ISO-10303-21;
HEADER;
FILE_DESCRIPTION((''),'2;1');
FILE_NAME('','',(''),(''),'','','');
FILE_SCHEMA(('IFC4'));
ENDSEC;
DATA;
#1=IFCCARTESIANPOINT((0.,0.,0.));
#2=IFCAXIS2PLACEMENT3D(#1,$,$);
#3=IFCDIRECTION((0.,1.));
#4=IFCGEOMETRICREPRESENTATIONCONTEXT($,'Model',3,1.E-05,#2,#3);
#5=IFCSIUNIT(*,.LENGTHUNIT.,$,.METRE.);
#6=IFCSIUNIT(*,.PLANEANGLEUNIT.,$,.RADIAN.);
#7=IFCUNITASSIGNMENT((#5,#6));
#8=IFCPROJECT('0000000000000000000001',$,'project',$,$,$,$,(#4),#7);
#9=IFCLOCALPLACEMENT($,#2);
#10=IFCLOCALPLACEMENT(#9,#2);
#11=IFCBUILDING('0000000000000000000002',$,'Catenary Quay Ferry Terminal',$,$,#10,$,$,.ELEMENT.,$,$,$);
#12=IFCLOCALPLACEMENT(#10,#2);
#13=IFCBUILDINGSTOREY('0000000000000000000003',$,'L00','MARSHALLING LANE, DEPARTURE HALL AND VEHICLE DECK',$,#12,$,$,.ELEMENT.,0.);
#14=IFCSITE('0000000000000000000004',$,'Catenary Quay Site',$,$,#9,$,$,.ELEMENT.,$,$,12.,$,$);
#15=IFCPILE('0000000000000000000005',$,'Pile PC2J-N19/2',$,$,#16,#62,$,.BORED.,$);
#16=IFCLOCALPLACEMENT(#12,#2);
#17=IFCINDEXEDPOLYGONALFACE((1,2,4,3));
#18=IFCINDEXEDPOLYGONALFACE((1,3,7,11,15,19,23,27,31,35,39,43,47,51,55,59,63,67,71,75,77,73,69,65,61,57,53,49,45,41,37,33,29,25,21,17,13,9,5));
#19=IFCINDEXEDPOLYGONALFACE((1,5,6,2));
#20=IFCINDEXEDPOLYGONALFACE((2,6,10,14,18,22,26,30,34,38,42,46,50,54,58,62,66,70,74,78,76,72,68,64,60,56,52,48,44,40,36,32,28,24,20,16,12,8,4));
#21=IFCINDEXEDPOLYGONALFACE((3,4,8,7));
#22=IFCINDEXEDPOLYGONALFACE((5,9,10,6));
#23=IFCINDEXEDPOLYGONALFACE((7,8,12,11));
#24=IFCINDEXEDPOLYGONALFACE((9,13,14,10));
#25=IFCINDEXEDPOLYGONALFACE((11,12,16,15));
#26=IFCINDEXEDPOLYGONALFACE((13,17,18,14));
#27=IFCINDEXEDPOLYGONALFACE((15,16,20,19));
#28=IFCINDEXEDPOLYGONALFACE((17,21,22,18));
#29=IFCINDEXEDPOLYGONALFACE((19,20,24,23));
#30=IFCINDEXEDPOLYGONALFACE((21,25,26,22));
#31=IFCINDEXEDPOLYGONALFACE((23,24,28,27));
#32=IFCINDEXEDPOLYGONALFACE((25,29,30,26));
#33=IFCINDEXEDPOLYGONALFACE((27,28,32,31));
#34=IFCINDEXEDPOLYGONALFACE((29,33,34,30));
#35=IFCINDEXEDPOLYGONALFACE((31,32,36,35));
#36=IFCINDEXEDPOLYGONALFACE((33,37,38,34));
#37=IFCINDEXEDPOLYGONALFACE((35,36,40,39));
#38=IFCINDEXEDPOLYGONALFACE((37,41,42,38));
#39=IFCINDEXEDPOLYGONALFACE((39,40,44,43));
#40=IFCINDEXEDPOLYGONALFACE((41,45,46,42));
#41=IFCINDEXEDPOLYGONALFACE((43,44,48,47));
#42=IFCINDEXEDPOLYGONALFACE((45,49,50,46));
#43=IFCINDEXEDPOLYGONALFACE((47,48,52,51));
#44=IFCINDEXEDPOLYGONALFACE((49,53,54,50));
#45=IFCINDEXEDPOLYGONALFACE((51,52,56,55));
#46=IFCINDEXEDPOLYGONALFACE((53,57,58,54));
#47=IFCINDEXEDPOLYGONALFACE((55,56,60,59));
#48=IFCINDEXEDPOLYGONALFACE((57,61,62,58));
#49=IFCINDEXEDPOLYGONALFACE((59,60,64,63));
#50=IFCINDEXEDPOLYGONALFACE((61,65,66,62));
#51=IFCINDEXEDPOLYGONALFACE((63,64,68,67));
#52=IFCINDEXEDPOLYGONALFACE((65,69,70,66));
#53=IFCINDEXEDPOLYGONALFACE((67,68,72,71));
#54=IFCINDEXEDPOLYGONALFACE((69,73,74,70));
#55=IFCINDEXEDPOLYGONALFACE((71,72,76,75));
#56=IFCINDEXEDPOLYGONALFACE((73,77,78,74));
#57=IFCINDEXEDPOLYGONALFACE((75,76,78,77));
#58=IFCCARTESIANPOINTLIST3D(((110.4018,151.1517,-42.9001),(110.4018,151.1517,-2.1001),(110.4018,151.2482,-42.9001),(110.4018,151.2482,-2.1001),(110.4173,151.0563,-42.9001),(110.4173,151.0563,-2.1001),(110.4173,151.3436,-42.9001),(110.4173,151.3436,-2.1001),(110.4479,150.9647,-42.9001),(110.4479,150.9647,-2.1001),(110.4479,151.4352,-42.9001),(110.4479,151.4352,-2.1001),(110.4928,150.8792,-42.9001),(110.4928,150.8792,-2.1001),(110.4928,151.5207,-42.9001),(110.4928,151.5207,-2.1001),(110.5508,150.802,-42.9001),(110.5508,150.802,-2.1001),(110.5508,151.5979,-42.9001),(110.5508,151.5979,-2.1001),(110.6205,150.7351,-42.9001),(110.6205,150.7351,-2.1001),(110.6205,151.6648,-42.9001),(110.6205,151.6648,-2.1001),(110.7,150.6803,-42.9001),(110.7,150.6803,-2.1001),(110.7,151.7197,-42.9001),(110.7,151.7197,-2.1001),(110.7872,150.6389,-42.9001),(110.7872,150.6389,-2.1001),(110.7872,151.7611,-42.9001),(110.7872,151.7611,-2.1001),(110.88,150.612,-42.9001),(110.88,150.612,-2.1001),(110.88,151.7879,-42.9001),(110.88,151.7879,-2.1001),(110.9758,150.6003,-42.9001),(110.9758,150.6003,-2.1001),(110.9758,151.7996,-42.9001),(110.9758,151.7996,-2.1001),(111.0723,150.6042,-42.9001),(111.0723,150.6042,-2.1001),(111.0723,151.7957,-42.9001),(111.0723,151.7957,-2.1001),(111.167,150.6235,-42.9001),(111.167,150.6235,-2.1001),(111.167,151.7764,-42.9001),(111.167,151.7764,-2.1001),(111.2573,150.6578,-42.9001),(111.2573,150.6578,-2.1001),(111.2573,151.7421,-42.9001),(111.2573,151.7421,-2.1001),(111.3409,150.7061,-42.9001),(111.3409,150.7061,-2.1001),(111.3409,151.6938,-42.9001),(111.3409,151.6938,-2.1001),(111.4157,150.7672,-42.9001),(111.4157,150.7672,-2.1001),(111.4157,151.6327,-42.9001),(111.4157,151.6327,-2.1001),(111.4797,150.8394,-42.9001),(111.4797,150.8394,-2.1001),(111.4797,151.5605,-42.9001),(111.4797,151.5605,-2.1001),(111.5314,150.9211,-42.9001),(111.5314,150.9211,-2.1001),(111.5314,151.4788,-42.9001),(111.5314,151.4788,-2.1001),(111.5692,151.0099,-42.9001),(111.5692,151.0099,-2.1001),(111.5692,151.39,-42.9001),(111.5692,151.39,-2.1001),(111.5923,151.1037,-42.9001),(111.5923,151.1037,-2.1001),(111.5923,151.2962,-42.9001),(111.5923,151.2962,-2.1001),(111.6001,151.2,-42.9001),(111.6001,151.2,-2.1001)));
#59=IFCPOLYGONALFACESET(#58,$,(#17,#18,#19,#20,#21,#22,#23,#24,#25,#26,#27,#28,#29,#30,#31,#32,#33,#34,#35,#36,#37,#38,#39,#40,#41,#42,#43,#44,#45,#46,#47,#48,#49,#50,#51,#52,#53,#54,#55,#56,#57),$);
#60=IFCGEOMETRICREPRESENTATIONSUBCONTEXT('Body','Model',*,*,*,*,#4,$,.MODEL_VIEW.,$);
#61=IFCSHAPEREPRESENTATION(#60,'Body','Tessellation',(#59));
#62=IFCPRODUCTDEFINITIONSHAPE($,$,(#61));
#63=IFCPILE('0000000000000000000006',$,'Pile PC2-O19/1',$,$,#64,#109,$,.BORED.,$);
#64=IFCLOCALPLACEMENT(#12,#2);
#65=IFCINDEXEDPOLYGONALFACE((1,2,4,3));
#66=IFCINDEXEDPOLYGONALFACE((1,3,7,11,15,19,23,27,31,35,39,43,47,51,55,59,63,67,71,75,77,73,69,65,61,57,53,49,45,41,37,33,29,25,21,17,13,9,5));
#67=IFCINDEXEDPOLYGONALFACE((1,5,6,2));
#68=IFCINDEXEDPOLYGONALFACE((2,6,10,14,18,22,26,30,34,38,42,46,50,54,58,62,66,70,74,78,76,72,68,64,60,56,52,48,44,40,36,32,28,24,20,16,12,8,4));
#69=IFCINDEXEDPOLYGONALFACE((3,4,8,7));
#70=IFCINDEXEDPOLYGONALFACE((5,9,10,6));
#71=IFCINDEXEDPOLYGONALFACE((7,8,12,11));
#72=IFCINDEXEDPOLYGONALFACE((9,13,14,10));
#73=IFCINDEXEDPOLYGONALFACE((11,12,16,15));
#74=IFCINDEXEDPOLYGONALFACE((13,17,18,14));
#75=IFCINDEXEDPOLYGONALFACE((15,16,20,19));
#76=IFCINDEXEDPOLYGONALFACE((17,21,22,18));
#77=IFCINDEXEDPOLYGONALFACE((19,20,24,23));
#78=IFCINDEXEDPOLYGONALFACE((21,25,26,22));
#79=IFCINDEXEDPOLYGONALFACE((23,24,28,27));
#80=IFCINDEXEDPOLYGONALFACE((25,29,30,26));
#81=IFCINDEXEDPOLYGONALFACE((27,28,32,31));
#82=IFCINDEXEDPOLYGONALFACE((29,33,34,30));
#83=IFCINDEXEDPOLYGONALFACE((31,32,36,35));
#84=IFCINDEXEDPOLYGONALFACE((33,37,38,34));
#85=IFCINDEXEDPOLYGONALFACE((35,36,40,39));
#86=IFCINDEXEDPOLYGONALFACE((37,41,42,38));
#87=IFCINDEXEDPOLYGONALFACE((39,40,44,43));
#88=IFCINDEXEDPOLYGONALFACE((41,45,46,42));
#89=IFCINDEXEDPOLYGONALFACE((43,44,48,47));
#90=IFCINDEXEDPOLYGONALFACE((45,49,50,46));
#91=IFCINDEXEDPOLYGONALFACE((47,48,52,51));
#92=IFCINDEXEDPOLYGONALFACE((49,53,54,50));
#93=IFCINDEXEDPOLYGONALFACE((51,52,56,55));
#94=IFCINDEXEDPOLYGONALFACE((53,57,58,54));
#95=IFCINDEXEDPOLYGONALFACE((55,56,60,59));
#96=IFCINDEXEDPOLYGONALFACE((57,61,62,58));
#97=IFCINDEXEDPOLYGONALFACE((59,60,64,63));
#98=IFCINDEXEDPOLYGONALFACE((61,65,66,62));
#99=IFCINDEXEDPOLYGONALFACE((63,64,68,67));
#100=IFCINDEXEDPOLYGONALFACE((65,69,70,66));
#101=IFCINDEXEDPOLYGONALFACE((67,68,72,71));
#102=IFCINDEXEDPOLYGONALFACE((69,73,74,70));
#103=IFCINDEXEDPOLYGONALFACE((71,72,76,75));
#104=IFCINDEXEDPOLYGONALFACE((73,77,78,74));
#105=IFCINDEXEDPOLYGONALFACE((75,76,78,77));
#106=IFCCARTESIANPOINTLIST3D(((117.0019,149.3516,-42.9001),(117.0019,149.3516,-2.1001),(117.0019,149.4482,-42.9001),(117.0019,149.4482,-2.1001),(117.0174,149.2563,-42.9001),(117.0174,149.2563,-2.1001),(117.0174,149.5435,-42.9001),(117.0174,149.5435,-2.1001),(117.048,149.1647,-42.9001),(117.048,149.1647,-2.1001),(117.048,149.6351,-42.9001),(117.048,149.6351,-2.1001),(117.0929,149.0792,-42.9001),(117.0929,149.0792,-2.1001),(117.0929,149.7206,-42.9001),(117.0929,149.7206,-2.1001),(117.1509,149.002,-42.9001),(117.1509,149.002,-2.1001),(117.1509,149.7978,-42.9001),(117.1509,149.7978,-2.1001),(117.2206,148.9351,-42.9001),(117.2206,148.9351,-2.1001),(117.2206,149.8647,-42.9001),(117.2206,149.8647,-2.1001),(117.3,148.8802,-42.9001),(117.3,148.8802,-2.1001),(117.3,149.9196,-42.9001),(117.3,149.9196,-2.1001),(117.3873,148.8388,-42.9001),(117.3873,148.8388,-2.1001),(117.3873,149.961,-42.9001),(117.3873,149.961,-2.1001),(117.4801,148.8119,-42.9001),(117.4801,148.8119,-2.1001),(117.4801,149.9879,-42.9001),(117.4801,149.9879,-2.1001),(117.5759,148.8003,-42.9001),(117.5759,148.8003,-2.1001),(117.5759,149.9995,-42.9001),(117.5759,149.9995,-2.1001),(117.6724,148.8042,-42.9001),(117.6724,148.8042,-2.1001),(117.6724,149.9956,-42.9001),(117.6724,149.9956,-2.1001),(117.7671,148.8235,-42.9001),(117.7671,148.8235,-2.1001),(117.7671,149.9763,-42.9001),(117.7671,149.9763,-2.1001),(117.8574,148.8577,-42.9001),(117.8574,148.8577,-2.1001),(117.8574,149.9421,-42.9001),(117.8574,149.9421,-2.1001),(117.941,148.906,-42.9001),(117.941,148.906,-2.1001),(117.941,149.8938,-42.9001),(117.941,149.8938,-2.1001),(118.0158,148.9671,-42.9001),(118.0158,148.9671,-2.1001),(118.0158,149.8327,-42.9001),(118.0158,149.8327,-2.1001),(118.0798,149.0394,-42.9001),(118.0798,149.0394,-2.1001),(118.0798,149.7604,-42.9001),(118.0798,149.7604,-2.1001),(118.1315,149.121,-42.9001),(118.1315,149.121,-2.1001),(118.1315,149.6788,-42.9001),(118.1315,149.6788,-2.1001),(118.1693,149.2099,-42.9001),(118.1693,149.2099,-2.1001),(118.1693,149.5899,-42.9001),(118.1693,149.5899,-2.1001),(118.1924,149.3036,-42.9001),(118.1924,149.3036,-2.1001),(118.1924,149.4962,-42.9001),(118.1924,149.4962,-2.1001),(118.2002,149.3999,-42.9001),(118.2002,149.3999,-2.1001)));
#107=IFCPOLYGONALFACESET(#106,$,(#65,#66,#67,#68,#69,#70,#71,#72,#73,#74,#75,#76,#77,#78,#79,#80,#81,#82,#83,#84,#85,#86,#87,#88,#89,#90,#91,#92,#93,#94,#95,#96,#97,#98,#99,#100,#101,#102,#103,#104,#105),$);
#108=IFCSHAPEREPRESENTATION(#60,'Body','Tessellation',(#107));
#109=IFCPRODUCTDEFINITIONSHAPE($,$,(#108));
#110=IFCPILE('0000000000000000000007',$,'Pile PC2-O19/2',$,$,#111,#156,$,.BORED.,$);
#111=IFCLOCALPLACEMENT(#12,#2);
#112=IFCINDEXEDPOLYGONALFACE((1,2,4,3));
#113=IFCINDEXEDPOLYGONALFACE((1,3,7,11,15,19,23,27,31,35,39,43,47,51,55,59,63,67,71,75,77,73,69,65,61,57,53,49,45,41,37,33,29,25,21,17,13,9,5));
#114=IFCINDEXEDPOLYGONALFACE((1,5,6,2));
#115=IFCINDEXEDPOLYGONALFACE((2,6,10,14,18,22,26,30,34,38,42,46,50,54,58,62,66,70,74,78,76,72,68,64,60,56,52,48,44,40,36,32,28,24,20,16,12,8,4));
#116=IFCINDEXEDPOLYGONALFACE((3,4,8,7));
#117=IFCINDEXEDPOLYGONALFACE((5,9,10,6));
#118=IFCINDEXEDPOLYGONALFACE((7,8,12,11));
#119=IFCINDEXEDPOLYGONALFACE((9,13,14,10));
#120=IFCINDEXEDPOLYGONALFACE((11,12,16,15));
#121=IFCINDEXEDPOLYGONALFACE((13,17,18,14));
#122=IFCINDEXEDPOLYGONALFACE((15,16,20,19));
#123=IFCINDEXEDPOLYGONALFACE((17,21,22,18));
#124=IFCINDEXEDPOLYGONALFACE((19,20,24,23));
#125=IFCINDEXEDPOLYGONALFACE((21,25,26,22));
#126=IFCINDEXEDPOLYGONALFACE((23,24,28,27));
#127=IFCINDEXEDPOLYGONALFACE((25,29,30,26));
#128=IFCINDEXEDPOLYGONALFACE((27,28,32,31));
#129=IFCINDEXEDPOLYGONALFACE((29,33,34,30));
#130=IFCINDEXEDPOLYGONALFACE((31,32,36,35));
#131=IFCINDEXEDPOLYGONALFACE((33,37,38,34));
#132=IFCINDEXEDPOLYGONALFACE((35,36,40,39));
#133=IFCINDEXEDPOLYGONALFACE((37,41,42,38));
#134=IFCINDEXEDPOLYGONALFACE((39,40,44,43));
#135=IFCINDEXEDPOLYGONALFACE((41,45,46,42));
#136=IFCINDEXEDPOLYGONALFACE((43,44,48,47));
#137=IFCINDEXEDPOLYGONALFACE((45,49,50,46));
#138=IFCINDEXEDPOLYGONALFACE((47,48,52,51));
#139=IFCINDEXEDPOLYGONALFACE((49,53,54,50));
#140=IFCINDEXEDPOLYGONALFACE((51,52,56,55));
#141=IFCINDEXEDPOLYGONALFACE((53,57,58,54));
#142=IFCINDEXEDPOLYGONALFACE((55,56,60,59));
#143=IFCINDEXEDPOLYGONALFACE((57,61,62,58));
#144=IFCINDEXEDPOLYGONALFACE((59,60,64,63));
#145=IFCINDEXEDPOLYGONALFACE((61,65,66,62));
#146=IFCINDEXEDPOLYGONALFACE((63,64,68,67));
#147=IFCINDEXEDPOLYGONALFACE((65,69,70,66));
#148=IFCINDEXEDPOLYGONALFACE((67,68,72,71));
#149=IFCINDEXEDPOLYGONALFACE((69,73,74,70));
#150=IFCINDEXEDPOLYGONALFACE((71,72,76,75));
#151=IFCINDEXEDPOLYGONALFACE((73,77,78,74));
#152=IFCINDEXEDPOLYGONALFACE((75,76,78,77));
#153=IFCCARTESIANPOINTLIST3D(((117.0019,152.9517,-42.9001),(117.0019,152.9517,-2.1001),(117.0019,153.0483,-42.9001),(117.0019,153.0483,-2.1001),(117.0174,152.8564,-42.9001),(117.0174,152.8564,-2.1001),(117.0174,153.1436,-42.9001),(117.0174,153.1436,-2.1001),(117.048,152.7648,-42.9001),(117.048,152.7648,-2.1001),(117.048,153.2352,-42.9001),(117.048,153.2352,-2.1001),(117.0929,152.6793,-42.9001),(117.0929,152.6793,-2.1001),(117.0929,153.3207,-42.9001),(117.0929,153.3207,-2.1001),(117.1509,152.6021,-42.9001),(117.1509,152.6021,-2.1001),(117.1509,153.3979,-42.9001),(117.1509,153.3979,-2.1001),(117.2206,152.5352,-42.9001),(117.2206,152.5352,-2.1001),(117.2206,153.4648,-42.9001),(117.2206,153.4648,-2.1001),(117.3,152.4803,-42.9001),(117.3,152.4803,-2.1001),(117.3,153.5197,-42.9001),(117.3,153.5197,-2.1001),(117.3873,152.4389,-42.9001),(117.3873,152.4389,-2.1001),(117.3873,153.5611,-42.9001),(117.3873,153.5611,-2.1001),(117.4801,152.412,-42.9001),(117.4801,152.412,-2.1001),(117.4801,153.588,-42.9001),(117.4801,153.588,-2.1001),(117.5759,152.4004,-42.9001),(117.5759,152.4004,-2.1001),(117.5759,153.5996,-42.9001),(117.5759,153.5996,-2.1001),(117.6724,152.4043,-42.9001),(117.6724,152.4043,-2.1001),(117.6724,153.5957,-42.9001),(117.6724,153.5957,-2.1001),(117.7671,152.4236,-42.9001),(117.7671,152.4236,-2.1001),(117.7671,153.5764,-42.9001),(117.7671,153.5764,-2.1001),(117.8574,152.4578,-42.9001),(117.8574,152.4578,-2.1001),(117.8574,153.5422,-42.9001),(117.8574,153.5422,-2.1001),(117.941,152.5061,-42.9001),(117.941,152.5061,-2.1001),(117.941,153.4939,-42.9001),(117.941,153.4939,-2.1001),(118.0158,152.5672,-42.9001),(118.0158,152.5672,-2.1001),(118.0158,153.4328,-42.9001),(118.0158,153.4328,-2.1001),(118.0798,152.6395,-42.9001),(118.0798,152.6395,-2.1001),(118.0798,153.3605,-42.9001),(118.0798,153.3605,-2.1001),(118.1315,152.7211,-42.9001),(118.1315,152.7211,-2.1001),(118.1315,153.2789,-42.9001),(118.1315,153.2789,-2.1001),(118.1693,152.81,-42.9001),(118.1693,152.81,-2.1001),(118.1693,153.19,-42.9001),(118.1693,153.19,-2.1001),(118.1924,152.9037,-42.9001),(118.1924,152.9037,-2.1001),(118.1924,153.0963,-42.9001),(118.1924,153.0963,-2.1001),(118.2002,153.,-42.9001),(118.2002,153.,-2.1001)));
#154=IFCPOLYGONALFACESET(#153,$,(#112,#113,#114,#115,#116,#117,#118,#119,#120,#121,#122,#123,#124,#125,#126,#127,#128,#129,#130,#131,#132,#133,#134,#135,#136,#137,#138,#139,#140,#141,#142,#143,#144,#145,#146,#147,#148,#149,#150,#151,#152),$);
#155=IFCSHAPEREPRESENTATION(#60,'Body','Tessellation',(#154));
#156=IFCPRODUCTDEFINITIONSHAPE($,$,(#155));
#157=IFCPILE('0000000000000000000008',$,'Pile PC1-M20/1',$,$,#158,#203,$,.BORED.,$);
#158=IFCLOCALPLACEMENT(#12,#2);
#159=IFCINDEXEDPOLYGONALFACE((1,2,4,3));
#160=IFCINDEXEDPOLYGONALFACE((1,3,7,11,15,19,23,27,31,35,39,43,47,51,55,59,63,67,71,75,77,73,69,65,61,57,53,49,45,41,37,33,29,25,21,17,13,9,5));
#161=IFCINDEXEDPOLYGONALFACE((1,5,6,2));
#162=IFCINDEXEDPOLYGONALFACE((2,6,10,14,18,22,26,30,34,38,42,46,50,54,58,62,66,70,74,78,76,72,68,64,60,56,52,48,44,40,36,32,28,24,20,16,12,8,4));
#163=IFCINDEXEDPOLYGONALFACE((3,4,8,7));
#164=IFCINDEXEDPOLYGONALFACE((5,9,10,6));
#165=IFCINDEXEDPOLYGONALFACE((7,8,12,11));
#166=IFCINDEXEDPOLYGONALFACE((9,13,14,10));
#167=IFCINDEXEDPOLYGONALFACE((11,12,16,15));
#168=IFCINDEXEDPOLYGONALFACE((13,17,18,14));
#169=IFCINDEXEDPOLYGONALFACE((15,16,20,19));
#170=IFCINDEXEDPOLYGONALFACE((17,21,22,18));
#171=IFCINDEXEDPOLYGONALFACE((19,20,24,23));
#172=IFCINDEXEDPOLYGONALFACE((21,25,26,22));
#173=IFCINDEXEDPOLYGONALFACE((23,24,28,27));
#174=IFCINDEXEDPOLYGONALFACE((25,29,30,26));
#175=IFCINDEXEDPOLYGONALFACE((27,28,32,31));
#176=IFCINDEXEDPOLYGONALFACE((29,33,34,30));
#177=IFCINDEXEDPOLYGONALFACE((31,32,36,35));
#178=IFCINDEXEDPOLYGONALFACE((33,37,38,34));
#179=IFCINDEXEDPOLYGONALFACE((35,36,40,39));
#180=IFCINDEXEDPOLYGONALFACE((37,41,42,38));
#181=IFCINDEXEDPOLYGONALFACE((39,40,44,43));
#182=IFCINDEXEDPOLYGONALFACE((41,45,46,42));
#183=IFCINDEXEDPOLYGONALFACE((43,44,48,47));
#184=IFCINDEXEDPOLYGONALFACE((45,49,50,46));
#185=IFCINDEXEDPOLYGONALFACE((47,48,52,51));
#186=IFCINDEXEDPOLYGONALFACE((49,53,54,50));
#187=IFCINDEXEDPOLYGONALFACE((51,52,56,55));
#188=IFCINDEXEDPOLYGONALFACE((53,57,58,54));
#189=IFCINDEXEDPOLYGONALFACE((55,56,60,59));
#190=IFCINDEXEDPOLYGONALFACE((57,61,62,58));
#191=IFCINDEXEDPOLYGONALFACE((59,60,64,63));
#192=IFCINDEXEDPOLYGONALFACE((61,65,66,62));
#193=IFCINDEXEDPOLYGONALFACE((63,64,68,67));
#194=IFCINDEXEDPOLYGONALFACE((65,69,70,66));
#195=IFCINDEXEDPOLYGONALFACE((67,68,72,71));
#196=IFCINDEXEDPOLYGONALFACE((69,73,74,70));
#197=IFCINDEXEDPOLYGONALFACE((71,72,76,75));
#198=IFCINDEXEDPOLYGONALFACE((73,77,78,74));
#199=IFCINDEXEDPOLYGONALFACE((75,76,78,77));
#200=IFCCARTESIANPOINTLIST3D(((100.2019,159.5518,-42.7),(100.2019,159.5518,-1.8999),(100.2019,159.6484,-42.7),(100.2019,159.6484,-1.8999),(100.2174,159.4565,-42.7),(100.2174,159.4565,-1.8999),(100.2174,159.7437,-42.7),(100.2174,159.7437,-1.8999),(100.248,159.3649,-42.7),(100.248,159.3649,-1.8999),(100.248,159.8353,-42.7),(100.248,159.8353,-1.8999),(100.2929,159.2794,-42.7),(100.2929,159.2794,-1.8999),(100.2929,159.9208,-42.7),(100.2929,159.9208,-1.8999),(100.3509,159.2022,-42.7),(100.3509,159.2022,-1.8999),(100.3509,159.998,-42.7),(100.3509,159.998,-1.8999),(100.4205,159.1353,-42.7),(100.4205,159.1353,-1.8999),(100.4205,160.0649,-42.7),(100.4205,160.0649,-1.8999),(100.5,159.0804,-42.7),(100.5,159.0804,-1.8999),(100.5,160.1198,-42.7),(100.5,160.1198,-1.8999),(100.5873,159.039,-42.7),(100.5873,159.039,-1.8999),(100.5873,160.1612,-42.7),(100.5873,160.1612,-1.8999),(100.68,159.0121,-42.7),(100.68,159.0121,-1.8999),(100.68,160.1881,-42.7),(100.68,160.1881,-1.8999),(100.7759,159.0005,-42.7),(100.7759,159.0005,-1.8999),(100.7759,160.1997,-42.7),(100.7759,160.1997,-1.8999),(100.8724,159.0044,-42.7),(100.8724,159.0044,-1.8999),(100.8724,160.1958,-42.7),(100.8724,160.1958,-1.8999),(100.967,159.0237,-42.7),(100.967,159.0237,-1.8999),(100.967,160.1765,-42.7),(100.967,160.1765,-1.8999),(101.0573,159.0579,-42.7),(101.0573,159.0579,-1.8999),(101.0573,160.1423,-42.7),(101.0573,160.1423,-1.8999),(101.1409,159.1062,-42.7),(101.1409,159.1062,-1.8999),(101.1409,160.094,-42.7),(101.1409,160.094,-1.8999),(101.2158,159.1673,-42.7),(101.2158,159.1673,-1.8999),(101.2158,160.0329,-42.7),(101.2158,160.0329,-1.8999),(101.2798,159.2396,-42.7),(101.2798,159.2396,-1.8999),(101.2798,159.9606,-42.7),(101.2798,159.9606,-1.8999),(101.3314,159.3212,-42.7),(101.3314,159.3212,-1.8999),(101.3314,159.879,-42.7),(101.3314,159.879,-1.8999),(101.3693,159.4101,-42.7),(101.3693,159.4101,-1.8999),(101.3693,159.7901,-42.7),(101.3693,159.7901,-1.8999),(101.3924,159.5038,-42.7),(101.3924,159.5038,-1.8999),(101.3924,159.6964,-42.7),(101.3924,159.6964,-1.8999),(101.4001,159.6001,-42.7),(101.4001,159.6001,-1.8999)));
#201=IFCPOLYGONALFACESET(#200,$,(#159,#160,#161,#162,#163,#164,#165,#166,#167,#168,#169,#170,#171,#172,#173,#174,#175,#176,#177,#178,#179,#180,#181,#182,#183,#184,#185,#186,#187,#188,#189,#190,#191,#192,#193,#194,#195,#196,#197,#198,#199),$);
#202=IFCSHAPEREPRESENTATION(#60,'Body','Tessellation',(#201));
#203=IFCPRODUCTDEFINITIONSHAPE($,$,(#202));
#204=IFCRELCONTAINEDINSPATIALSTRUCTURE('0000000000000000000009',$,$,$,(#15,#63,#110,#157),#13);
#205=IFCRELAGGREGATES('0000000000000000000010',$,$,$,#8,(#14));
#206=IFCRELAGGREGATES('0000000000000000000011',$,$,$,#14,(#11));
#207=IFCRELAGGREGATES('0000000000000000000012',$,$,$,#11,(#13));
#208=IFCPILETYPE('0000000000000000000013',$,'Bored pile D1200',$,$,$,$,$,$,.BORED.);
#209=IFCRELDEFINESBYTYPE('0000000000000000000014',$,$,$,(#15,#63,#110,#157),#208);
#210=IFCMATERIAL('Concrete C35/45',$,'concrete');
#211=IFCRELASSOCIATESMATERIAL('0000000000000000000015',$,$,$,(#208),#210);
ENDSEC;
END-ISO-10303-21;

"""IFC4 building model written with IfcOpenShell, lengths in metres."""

from ifc_helpers import new_model, si_unit, direction, frame, origin, origin_2d, place, context, subcontext, project, spatial, circle, extrude, material, material_profile, profile_set, type_object, element, save


model = new_model("IFC4")

# Units and contexts
model_context = context("Model", 3, precision=1e-05, world=origin(), true_north=direction((0.0, 1.0)))
body_context = subcontext(model_context, "Body", "Model", "MODEL_VIEW")
ifc_project = project(units=[si_unit("LENGTHUNIT", "METRE"), si_unit("PLANEANGLEUNIT", "RADIAN")], contexts=[model_context])

# Site, building, storey
site_placement = place(None, origin())
site = spatial("IfcSite", under=ifc_project, at=site_placement, Name="Catenary Quay Site", CompositionType="ELEMENT", RefElevation=12.0)
building_placement = place(site_placement, origin())
building = spatial("IfcBuilding", under=site, at=building_placement, Name="Catenary Quay Ferry Terminal", CompositionType="ELEMENT")
storey_placement = place(building_placement, origin())
storey = spatial("IfcBuildingStorey", under=building, at=storey_placement, Name="L00", Description="MARSHALLING LANE, DEPARTURE HALL AND VEHICLE DECK", CompositionType="ELEMENT", Elevation=0.0)

# Piles
ifc_material_1 = material(Name="Concrete C35/45", Category="concrete")
ifc_material_profile = material_profile(ifc_material_1, circle(Radius=0.6001, at=origin_2d()), Name="D1200")
ifc_profile_set = profile_set([ifc_material_profile], Name="Concrete C35/45")
pile_type = type_object("IfcPileType", Name="Bored pile D1200", PredefinedType="BORED", material=ifc_profile_set)
for number, where, z_axis, x_axis, name in (
    (1, (111.0, 151.2, -2.1001), (0.0, 0.0, -1.0), (1.0, 0.0, 0.0), "Pile PC2J-N19/2"),
    (2, (117.6001, 149.3999, -2.1001), (0.0, 0.0, -1.0), (1.0, 0.0, 0.0), "Pile PC2-O19/1"),
    (3, (117.6001, 153.0, -2.1001), (0.0, 0.0, -1.0), (1.0, 0.0, 0.0), "Pile PC2-O19/2"),
    (4, (100.8, 159.6001, -1.8999), (0.0, 0.0, -1.0), (1.0, 0.0, 0.0), "Pile PC1-M20/1"),
):
    element("IfcPile", number, at=place(storey_placement, frame(where, z_axis=z_axis, x_axis=x_axis)), inside=storey, type_object=pile_type, Name=name, PredefinedType="BORED", context=body_context, shape_type="SweptSolid", body=[
        extrude(circle(Radius=0.6001, at=origin_2d()), origin(), (0.0, 0.0, 1.0), 40.8),
    ])

save(model, "model.ifc")
